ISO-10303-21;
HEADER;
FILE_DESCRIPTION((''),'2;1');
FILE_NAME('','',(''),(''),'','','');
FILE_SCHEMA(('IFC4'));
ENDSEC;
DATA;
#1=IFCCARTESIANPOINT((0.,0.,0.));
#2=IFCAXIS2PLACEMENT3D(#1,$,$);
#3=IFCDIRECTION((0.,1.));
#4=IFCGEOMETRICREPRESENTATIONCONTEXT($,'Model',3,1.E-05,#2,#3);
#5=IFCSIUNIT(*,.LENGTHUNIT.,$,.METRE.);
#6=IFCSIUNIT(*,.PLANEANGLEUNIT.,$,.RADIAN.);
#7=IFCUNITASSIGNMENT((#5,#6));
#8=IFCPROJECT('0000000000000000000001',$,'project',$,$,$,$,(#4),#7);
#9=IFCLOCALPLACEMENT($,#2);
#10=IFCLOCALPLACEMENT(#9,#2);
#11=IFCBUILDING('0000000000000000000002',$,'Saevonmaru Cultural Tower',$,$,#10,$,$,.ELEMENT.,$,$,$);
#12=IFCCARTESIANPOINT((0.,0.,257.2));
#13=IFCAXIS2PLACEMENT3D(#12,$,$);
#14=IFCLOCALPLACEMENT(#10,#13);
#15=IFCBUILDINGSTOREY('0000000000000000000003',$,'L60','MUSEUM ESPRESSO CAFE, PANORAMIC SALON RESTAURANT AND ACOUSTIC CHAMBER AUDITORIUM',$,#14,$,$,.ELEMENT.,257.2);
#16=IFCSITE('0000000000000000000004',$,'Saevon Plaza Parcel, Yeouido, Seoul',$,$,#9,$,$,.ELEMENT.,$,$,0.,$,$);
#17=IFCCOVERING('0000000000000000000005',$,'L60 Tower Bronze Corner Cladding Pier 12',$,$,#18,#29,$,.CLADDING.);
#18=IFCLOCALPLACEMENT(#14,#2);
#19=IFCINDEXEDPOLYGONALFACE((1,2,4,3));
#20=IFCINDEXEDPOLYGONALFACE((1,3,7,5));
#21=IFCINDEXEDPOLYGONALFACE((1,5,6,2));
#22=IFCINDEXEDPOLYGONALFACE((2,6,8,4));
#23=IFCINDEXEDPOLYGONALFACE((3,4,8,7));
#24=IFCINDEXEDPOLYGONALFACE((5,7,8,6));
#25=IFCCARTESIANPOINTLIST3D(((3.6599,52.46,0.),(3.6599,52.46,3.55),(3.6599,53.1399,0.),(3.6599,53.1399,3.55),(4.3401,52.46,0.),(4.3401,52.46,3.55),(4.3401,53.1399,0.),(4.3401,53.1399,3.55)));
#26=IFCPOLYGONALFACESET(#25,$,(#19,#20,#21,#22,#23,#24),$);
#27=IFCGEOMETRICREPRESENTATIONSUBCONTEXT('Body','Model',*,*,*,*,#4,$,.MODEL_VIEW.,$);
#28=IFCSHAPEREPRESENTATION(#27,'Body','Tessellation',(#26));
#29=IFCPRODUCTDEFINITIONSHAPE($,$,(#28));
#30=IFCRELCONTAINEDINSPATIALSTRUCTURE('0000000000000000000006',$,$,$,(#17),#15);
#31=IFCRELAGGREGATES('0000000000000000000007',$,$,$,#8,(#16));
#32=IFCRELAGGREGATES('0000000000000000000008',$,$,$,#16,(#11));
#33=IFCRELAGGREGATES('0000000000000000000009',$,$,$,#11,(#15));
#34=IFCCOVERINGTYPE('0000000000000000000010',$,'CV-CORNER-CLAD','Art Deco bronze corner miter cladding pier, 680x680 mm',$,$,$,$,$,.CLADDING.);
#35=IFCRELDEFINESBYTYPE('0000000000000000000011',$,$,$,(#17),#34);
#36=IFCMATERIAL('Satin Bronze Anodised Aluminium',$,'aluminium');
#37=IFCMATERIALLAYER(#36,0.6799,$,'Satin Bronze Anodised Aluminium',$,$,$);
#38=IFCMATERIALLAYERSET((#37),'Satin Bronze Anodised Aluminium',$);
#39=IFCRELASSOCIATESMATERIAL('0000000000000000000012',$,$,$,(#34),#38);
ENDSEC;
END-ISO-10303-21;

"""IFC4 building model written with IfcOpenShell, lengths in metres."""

from ifc_helpers import new_model, si_unit, direction, frame, origin, place, context, subcontext, project, spatial, polyline, outline, extrude, material, layer, layer_set, type_object, element, save


model = new_model("IFC4")

# Units and contexts
model_context = context("Model", 3, precision=1e-05, world=origin(), true_north=direction((0.0, 1.0)))
body_context = subcontext(model_context, "Body", "Model", "MODEL_VIEW")
ifc_project = project(units=[si_unit("LENGTHUNIT", "METRE"), si_unit("PLANEANGLEUNIT", "RADIAN")], contexts=[model_context])

# Site, building, storey
site_placement = place(None, origin())
site = spatial("IfcSite", under=ifc_project, at=site_placement, Name="Saevon Plaza Parcel, Yeouido, Seoul", CompositionType="ELEMENT", RefElevation=0.0)
building_placement = place(site_placement, origin())
building = spatial("IfcBuilding", under=site, at=building_placement, Name="Saevonmaru Cultural Tower", CompositionType="ELEMENT")
storey_placement = place(building_placement, frame((0.0, 0.0, 257.2)))
storey = spatial("IfcBuildingStorey", under=building, at=storey_placement, Name="L60", Description="MUSEUM ESPRESSO CAFE, PANORAMIC SALON RESTAURANT AND ACOUSTIC CHAMBER AUDITORIUM", CompositionType="ELEMENT", Elevation=257.2)

# Shared definitions
ifc_material_1 = material(Name="Satin Bronze Anodised Aluminium", Category="aluminium")

# Covering
ifc_layer_1 = layer(ifc_material_1, 0.6799, Name="Satin Bronze Anodised Aluminium")
ifc_layer_set_1 = layer_set([ifc_layer_1], Name="Satin Bronze Anodised Aluminium")
covering_type = type_object("IfcCoveringType", Name="CV-CORNER-CLAD", Description="Art Deco bronze corner miter cladding pier, 680x680 mm", PredefinedType="CLADDING", material=ifc_layer_set_1)
covering_1_placement = place(storey_placement, origin())
element("IfcCovering", 1, at=covering_1_placement, inside=storey, type_object=covering_type, Name="L60 Tower Bronze Corner Cladding Pier 12", PredefinedType="CLADDING", context=body_context, shape_type="SweptSolid", body=[
    extrude(outline(polyline([(3.6599, 52.46), (4.3401, 52.46), (4.3401, 53.1399), (3.6599, 53.1399), (3.6599, 52.46)])), origin(), (0.0, 0.0, 1.0), 3.55),
])

save(model, "model.ifc")
